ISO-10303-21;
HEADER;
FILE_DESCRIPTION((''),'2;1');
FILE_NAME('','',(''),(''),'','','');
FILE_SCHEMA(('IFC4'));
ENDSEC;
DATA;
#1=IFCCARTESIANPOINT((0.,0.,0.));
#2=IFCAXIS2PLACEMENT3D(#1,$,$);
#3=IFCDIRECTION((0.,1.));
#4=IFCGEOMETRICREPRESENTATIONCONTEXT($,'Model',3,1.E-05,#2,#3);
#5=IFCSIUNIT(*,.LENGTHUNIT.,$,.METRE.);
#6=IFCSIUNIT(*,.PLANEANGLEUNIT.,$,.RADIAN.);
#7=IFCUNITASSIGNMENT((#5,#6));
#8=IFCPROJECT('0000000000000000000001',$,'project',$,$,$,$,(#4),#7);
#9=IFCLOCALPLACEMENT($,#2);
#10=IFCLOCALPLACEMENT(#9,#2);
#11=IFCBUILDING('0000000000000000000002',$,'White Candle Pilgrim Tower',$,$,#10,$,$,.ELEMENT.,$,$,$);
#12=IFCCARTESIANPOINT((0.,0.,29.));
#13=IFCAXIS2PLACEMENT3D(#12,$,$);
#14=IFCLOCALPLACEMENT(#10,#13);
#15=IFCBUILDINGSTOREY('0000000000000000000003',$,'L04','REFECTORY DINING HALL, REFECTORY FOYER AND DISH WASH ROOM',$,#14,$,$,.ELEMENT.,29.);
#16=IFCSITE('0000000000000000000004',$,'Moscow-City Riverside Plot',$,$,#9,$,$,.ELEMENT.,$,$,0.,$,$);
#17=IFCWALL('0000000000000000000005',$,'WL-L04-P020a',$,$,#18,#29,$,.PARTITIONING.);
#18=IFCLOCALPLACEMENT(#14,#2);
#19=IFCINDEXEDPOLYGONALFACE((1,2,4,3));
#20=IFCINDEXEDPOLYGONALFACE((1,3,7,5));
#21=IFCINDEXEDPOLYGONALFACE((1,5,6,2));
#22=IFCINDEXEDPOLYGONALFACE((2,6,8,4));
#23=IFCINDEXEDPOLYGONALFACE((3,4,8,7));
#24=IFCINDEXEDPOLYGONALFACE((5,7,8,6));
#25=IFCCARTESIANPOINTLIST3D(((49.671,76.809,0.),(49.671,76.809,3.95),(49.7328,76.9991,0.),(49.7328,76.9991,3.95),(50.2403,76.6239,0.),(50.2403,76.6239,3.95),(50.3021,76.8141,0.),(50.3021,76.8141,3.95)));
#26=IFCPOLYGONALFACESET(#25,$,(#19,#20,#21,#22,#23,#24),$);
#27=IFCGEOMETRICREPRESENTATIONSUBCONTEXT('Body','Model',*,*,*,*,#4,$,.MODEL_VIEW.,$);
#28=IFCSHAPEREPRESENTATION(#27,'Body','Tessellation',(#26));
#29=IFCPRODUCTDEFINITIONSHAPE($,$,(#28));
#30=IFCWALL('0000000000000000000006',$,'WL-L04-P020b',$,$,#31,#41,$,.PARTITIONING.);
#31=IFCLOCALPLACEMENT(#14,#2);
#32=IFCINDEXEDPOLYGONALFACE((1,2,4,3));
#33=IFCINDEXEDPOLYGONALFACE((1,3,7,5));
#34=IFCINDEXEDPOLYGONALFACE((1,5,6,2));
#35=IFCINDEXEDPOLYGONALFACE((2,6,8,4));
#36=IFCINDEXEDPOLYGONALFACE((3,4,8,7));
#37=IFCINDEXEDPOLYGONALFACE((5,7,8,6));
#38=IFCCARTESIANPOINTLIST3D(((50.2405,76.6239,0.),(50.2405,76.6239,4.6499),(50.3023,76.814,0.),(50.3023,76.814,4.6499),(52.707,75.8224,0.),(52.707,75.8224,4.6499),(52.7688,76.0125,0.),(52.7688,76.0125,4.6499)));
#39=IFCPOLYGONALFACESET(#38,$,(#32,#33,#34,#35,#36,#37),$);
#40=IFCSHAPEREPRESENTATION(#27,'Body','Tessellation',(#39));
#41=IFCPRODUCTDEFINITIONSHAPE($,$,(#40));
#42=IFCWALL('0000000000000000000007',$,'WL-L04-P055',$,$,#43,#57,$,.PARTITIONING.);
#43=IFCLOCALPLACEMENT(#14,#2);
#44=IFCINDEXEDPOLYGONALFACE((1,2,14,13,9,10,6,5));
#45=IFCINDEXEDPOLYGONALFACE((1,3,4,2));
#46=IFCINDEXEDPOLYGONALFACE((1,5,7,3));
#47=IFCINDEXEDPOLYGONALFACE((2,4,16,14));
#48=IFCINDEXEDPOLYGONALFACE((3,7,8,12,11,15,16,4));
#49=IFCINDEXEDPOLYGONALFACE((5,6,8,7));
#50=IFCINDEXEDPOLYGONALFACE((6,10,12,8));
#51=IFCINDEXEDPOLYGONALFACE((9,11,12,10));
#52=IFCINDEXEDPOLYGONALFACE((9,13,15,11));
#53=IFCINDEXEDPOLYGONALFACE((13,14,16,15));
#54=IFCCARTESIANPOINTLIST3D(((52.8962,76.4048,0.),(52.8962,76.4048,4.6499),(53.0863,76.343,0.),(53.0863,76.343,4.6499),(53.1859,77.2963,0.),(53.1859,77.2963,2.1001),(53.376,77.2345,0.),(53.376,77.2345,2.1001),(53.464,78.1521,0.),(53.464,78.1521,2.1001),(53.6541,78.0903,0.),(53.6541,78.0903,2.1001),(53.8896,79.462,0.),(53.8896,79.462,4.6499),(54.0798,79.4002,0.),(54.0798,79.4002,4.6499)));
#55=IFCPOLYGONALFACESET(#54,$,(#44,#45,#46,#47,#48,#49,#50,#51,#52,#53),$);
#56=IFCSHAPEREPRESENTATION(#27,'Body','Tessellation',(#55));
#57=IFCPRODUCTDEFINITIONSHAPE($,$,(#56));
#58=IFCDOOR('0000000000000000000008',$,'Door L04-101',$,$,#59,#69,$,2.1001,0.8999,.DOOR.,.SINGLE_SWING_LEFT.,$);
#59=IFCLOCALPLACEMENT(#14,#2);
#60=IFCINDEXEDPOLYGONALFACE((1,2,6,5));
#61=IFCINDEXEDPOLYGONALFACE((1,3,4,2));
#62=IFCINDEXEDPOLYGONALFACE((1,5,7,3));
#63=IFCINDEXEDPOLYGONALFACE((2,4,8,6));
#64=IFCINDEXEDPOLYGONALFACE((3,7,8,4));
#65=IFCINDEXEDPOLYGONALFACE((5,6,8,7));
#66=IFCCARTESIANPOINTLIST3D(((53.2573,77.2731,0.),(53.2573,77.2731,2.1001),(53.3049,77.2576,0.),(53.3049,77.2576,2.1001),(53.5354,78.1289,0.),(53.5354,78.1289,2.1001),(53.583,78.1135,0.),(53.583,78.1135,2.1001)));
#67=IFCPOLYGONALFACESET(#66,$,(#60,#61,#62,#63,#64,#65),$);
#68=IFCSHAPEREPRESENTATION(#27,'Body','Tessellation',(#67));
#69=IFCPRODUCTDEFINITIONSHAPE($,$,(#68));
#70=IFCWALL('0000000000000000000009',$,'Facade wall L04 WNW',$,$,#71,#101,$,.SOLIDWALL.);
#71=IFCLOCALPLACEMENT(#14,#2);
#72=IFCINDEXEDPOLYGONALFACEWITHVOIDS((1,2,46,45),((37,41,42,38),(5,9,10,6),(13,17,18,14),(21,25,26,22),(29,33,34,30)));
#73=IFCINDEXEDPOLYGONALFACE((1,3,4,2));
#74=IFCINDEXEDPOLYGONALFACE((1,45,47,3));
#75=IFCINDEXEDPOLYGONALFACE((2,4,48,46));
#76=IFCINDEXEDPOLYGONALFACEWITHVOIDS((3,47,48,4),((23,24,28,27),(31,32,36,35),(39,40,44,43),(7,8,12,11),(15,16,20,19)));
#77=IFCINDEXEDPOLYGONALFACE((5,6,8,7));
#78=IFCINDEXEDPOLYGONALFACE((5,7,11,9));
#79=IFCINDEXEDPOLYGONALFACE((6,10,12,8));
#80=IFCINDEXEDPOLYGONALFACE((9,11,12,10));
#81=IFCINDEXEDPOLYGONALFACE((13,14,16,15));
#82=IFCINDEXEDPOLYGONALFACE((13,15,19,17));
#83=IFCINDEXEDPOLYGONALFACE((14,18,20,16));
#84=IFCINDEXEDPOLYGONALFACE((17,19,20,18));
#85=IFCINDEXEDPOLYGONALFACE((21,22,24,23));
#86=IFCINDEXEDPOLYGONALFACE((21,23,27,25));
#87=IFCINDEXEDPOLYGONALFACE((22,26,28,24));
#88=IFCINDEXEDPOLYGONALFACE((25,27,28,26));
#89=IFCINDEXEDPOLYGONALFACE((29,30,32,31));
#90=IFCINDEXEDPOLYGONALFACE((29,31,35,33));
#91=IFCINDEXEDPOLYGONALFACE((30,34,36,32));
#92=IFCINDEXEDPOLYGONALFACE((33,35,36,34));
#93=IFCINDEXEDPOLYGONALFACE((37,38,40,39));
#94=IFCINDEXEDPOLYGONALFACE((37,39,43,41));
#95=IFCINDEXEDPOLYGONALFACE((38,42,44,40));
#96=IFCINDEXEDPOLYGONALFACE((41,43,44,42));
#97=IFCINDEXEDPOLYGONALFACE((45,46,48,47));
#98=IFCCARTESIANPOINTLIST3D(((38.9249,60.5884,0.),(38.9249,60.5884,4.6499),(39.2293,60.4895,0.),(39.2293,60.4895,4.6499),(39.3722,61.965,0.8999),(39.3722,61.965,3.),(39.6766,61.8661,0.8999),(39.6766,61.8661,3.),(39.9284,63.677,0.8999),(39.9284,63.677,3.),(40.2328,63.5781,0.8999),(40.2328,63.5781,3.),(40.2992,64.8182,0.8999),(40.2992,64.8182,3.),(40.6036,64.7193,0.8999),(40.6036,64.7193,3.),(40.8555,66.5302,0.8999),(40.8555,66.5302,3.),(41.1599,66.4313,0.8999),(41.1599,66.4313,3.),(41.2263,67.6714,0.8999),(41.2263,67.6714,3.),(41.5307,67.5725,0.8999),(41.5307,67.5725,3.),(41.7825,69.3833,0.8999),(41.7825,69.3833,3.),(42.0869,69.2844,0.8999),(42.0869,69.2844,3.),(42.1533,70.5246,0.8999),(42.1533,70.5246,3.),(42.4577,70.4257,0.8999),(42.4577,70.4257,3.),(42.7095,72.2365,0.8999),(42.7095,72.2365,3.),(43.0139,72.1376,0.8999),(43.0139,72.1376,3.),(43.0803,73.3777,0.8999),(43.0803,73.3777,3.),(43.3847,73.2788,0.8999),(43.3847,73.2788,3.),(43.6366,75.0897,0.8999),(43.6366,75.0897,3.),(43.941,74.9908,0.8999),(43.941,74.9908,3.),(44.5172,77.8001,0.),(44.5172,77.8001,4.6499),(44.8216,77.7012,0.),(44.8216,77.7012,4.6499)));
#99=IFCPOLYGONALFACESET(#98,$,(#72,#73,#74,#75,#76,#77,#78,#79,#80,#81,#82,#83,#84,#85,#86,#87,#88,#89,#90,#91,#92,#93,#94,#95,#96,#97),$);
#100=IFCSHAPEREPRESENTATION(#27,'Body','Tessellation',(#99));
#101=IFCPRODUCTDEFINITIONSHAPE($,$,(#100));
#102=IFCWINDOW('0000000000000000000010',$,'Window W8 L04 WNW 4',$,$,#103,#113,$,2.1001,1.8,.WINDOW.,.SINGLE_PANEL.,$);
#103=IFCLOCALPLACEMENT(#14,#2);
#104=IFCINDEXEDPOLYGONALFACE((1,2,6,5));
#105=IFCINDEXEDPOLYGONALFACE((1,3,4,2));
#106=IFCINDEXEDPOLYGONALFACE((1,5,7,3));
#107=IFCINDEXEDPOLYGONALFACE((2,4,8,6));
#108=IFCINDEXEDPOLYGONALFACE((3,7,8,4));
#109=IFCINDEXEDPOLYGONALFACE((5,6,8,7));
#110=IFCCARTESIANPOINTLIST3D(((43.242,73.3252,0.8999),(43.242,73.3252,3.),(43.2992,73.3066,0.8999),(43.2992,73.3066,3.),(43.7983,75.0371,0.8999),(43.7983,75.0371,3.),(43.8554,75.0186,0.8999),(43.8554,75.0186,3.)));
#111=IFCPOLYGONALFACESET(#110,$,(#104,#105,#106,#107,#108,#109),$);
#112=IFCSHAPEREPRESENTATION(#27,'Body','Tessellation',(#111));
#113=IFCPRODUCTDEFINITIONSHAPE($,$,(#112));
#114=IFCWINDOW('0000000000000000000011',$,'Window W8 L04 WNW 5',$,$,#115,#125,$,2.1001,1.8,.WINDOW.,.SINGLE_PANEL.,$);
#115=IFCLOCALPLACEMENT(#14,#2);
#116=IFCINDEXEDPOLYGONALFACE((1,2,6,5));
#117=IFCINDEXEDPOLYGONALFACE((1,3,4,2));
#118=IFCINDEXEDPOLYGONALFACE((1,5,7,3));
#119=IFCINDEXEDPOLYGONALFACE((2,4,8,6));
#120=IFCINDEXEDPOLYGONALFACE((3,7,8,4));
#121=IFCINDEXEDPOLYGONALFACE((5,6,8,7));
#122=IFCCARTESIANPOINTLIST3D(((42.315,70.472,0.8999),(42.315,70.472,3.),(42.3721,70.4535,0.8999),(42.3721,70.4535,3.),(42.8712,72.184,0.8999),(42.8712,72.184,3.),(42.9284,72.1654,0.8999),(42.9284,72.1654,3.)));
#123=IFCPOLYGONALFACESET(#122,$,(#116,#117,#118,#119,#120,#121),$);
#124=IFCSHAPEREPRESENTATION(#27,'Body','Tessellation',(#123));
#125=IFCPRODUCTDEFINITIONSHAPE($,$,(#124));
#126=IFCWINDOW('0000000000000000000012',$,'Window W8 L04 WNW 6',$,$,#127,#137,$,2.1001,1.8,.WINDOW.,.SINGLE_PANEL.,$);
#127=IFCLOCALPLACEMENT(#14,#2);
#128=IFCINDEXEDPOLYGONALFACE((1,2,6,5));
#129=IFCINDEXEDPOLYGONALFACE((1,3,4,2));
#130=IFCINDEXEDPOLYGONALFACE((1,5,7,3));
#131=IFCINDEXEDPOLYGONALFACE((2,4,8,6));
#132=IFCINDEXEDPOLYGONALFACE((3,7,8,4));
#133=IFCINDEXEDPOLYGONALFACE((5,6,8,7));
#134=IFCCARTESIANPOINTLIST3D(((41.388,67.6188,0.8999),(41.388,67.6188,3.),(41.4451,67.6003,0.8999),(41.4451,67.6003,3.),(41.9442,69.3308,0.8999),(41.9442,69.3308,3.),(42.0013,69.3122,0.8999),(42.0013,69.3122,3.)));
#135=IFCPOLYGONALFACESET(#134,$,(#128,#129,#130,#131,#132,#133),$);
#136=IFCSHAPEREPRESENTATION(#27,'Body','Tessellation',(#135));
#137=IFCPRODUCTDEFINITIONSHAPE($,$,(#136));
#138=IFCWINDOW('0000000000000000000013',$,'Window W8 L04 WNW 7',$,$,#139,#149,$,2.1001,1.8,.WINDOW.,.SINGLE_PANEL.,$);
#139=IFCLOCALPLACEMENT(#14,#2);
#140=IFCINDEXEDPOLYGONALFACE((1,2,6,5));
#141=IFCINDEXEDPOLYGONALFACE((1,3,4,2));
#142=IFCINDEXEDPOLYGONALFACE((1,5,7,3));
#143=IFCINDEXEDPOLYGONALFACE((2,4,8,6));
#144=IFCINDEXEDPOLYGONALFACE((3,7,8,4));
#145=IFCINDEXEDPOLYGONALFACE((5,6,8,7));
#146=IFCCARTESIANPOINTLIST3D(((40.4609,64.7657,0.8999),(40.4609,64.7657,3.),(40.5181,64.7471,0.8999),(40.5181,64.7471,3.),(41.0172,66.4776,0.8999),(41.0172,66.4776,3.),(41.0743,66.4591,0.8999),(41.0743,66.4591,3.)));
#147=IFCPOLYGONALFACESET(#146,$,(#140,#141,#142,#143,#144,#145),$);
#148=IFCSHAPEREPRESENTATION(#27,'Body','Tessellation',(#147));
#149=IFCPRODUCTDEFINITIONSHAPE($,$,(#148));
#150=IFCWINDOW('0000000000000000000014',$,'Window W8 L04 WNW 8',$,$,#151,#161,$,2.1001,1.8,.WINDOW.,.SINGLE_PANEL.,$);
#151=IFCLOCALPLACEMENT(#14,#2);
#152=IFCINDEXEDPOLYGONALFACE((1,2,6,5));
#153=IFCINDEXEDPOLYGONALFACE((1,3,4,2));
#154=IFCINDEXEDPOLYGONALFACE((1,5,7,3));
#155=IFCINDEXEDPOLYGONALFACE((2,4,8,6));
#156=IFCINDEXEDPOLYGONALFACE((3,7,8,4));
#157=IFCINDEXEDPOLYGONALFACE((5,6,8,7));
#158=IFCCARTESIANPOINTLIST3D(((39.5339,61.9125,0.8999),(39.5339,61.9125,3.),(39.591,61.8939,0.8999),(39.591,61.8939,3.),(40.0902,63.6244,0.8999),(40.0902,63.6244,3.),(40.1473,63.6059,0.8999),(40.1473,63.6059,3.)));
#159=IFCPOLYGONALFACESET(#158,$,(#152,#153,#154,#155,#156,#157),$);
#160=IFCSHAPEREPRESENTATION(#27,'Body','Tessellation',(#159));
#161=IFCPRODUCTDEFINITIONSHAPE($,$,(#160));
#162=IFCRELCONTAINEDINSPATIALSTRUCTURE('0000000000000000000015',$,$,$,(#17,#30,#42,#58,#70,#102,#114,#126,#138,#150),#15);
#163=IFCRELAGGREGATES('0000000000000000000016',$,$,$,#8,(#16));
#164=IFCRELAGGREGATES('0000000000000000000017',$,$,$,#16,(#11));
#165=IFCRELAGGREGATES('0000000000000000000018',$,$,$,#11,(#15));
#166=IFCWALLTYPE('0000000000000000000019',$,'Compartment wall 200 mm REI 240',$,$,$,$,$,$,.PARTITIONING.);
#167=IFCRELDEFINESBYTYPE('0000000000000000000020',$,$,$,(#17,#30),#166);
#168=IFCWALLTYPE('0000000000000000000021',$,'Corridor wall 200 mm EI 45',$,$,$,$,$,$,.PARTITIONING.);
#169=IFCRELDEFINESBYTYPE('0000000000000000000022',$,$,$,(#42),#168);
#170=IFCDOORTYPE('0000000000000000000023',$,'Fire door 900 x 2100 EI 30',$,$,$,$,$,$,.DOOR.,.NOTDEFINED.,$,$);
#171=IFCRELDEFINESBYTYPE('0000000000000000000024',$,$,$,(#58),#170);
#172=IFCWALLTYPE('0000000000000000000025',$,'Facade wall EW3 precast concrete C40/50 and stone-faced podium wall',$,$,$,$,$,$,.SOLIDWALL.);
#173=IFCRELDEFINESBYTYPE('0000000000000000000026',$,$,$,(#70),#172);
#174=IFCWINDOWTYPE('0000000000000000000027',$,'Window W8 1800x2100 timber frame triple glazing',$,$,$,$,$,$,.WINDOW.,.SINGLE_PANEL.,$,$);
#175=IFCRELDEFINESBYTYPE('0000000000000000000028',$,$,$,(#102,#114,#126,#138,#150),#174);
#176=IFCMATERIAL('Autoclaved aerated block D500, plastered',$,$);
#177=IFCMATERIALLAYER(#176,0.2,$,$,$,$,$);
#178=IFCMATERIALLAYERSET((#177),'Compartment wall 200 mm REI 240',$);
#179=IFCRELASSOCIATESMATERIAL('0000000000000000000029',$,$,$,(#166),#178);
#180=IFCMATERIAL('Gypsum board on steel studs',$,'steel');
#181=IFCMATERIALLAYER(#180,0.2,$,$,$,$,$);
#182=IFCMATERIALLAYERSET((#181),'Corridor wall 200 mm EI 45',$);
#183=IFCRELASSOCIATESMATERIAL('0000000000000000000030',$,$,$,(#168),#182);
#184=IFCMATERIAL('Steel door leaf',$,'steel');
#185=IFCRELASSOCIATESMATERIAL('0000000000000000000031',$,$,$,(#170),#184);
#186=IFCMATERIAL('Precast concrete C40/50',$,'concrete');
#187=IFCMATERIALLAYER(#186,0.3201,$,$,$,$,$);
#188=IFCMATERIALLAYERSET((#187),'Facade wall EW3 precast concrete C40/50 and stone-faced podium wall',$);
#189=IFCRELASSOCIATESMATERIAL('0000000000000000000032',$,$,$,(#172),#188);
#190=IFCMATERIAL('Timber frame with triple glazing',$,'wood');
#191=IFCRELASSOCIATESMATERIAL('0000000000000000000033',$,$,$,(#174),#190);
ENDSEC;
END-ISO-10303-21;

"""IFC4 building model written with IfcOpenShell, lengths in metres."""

from ifc_helpers import new_model, si_unit, direction, frame, frame_2d, origin, place, context, subcontext, project, spatial, rectangle, extrude, material, layer, layer_set, type_object, element, fill, save


model = new_model("IFC4")

# Units and contexts
model_context = context("Model", 3, precision=1e-05, world=origin(), true_north=direction((0.0, 1.0)))
body_context = subcontext(model_context, "Body", "Model", "MODEL_VIEW")
ifc_project = project(units=[si_unit("LENGTHUNIT", "METRE"), si_unit("PLANEANGLEUNIT", "RADIAN")], contexts=[model_context])

# Site, building, storey
site_placement = place(None, origin())
site = spatial("IfcSite", under=ifc_project, at=site_placement, Name="Moscow-City Riverside Plot", CompositionType="ELEMENT", RefElevation=0.0)
building_placement = place(site_placement, origin())
building = spatial("IfcBuilding", under=site, at=building_placement, Name="White Candle Pilgrim Tower", CompositionType="ELEMENT")
storey_placement = place(building_placement, frame((0.0, 0.0, 29.0)))
storey = spatial("IfcBuildingStorey", under=building, at=storey_placement, Name="L04", Description="REFECTORY DINING HALL, REFECTORY FOYER AND DISH WASH ROOM", CompositionType="ELEMENT", Elevation=29.0)

# Walls
ifc_material_1 = material(Name="Autoclaved aerated block D500, plastered")
ifc_layer_1 = layer(ifc_material_1, 0.2)
ifc_layer_set_1 = layer_set([ifc_layer_1], Name="Compartment wall 200 mm REI 240")
wall_type_1 = type_object("IfcWallType", Name="Compartment wall 200 mm REI 240", PredefinedType="PARTITIONING", material=ifc_layer_set_1)
wall_1_placement = place(storey_placement, frame((49.7019, 76.9041, 0.0), z_axis=(0.0, 0.0, 1.0), x_axis=(0.951022, -0.309123, 0.0)))
element("IfcWall", 1, at=wall_1_placement, inside=storey, type_object=wall_type_1, Name="WL-L04-P020a", PredefinedType="PARTITIONING", context=body_context, shape_type="SweptSolid", body=[
    extrude(rectangle(XDim=0.5986, YDim=0.2, at=frame_2d((0.2993, 0.0))), origin(), (0.0, 0.0, 1.0), 3.95),
])
wall_2_placement = place(storey_placement, frame((50.2712, 76.719, 0.0), z_axis=(0.0, 0.0, 1.0), x_axis=(0.951047, -0.309046, 0.0)))
element("IfcWall", 2, at=wall_2_placement, inside=storey, type_object=wall_type_1, Name="WL-L04-P020b", PredefinedType="PARTITIONING", context=body_context, shape_type="SweptSolid", body=[
    extrude(rectangle(XDim=2.5935, YDim=0.2, at=frame_2d((1.2969, 0.0))), origin(), (0.0, 0.0, 1.0), 4.6499),
])

# Wall, opening, door
ifc_material_2 = material(Name="Gypsum board on steel studs", Category="steel")
ifc_layer_2 = layer(ifc_material_2, 0.2)
ifc_layer_set_2 = layer_set([ifc_layer_2], Name="Corridor wall 200 mm EI 45")
wall_type_2 = type_object("IfcWallType", Name="Corridor wall 200 mm EI 45", PredefinedType="PARTITIONING", material=ifc_layer_set_2)
wall_3_placement = place(storey_placement, frame((52.9912, 76.3738, 0.0), z_axis=(0.0, 0.0, 1.0), x_axis=(0.309041, 0.951049, 0.0)))
wall_3 = element("IfcWall", 3, at=wall_3_placement, inside=storey, type_object=wall_type_2, Name="WL-L04-P055", PredefinedType="PARTITIONING", context=body_context, shape_type="SweptSolid", body=[
    extrude(rectangle(XDim=3.2146, YDim=0.2, at=frame_2d((1.6074, 0.0))), origin(), (0.0, 0.0, 1.0), 4.6499),
])
opening_1_placement = place(wall_3_placement, frame((0.9375, 0.0, 0.0)))
opening_1 = element("IfcOpeningElement", 4, at=opening_1_placement, cuts=wall_3, PredefinedType="OPENING", context=body_context, shape_type="SweptSolid", body=[
    extrude(rectangle(XDim=0.8999, YDim=2.1001, at=frame_2d((0.45, 1.05))), frame((0.0, 0.1099, 0.0), z_axis=(0.0, -1.0, 0.0), x_axis=(1.0, 0.0, 0.0)), (0.0, 0.0, 1.0), 0.22),
])
ifc_material_3 = material(Name="Steel door leaf", Category="steel")
door_type = type_object("IfcDoorType", Name="Fire door 900 x 2100 EI 30", OperationType="NOTDEFINED", PredefinedType="DOOR", material=ifc_material_3)
door_placement = place(opening_1_placement, origin())
door = element("IfcDoor", 5, at=door_placement, inside=storey, type_object=door_type, Name="Door L04-101", OperationType="SINGLE_SWING_LEFT", OverallHeight=2.1001, OverallWidth=0.8999, PredefinedType="DOOR", context=body_context, shape_type="SweptSolid", body=[
    extrude(rectangle(XDim=0.8999, YDim=2.1001, at=frame_2d((0.45, 1.05))), frame((0.0, 0.0249, 0.0), z_axis=(0.0, -1.0, 0.0), x_axis=(1.0, 0.0, 0.0)), (0.0, 0.0, 1.0), 0.05),
])
fill(opening_1, door)

# Wall, openings, windows
ifc_material_4 = material(Name="Precast concrete C40/50", Category="concrete")
ifc_layer_3 = layer(ifc_material_4, 0.3201)
ifc_layer_set_3 = layer_set([ifc_layer_3], Name="Facade wall EW3 precast concrete C40/50 and stone-faced podium wall")
wall_type_3 = type_object("IfcWallType", Name="Facade wall EW3 precast concrete C40/50 and stone-faced podium wall", PredefinedType="SOLIDWALL", material=ifc_layer_set_3)
wall_4_placement = place(storey_placement, frame((44.6694, 77.7507, 0.0), z_axis=(0.0, 0.0, 1.0), x_axis=(-0.309011, -0.951059, 0.0)))
wall_4 = element("IfcWall", 6, at=wall_4_placement, inside=storey, type_object=wall_type_3, Name="Facade wall L04 WNW", PredefinedType="SOLIDWALL", context=body_context, shape_type="SweptSolid", body=[
    extrude(rectangle(XDim=18.0974, YDim=0.3201, at=frame_2d((9.0488, 0.0))), origin(), (0.0, 0.0, 1.0), 4.6499),
])
opening_2_placement = place(wall_4_placement, frame((2.8501, 0.0, 0.8999)))
opening_2 = element("IfcOpeningElement", 7, at=opening_2_placement, cuts=wall_4, PredefinedType="OPENING", context=body_context, shape_type="SweptSolid", body=[
    extrude(rectangle(XDim=1.8, YDim=2.1001, at=frame_2d((0.8999, 1.05))), frame((0.0, 0.1699, 0.0), z_axis=(0.0, -1.0, 0.0), x_axis=(1.0, 0.0, 0.0)), (0.0, 0.0, 1.0), 0.3401),
])
opening_3_placement = place(wall_4_placement, frame((5.8501, 0.0, 0.8999)))
opening_3 = element("IfcOpeningElement", 8, at=opening_3_placement, cuts=wall_4, PredefinedType="OPENING", context=body_context, shape_type="SweptSolid", body=[
    extrude(rectangle(XDim=1.8, YDim=2.1001, at=frame_2d((0.8999, 1.05))), frame((0.0, 0.1699, 0.0), z_axis=(0.0, -1.0, 0.0), x_axis=(1.0, 0.0, 0.0)), (0.0, 0.0, 1.0), 0.3401),
])
opening_4_placement = place(wall_4_placement, frame((8.8501, 0.0, 0.8999)))
opening_4 = element("IfcOpeningElement", 9, at=opening_4_placement, cuts=wall_4, PredefinedType="OPENING", context=body_context, shape_type="SweptSolid", body=[
    extrude(rectangle(XDim=1.8, YDim=2.1001, at=frame_2d((0.8999, 1.05))), frame((0.0, 0.1699, 0.0), z_axis=(0.0, -1.0, 0.0), x_axis=(1.0, 0.0, 0.0)), (0.0, 0.0, 1.0), 0.3401),
])
opening_5_placement = place(wall_4_placement, frame((11.8501, 0.0, 0.8999)))
opening_5 = element("IfcOpeningElement", 10, at=opening_5_placement, cuts=wall_4, PredefinedType="OPENING", context=body_context, shape_type="SweptSolid", body=[
    extrude(rectangle(XDim=1.8, YDim=2.1001, at=frame_2d((0.8999, 1.05))), frame((0.0, 0.1699, 0.0), z_axis=(0.0, -1.0, 0.0), x_axis=(1.0, 0.0, 0.0)), (0.0, 0.0, 1.0), 0.3401),
])
opening_6_placement = place(wall_4_placement, frame((14.8501, 0.0, 0.8999)))
opening_6 = element("IfcOpeningElement", 11, at=opening_6_placement, cuts=wall_4, PredefinedType="OPENING", context=body_context, shape_type="SweptSolid", body=[
    extrude(rectangle(XDim=1.8, YDim=2.1001, at=frame_2d((0.8999, 1.05))), frame((0.0, 0.1699, 0.0), z_axis=(0.0, -1.0, 0.0), x_axis=(1.0, 0.0, 0.0)), (0.0, 0.0, 1.0), 0.3401),
])
ifc_material_5 = material(Name="Timber frame with triple glazing", Category="wood")
window_type = type_object("IfcWindowType", Name="Window W8 1800x2100 timber frame triple glazing", PartitioningType="SINGLE_PANEL", PredefinedType="WINDOW", material=ifc_material_5)
window_1_placement = place(opening_2_placement, origin())
window_1 = element("IfcWindow", 12, at=window_1_placement, inside=storey, type_object=window_type, Name="Window W8 L04 WNW 4", OverallHeight=2.1001, OverallWidth=1.8, PartitioningType="SINGLE_PANEL", PredefinedType="WINDOW", context=body_context, shape_type="SweptSolid", body=[
    extrude(rectangle(XDim=1.8, YDim=2.1001, at=frame_2d((0.8999, 1.05))), frame((0.0, 0.0701, 0.0), z_axis=(0.0, -1.0, 0.0), x_axis=(1.0, 0.0, 0.0)), (0.0, 0.0, 1.0), 0.0601),
])
fill(opening_2, window_1)
window_2_placement = place(opening_3_placement, origin())
window_2 = element("IfcWindow", 13, at=window_2_placement, inside=storey, type_object=window_type, Name="Window W8 L04 WNW 5", OverallHeight=2.1001, OverallWidth=1.8, PartitioningType="SINGLE_PANEL", PredefinedType="WINDOW", context=body_context, shape_type="SweptSolid", body=[
    extrude(rectangle(XDim=1.8, YDim=2.1001, at=frame_2d((0.8999, 1.05))), frame((0.0, 0.0701, 0.0), z_axis=(0.0, -1.0, 0.0), x_axis=(1.0, 0.0, 0.0)), (0.0, 0.0, 1.0), 0.0601),
])
fill(opening_3, window_2)
window_3_placement = place(opening_4_placement, origin())
window_3 = element("IfcWindow", 14, at=window_3_placement, inside=storey, type_object=window_type, Name="Window W8 L04 WNW 6", OverallHeight=2.1001, OverallWidth=1.8, PartitioningType="SINGLE_PANEL", PredefinedType="WINDOW", context=body_context, shape_type="SweptSolid", body=[
    extrude(rectangle(XDim=1.8, YDim=2.1001, at=frame_2d((0.8999, 1.05))), frame((0.0, 0.0701, 0.0), z_axis=(0.0, -1.0, 0.0), x_axis=(1.0, 0.0, 0.0)), (0.0, 0.0, 1.0), 0.0601),
])
fill(opening_4, window_3)
window_4_placement = place(opening_5_placement, origin())
window_4 = element("IfcWindow", 15, at=window_4_placement, inside=storey, type_object=window_type, Name="Window W8 L04 WNW 7", OverallHeight=2.1001, OverallWidth=1.8, PartitioningType="SINGLE_PANEL", PredefinedType="WINDOW", context=body_context, shape_type="SweptSolid", body=[
    extrude(rectangle(XDim=1.8, YDim=2.1001, at=frame_2d((0.8999, 1.05))), frame((0.0, 0.0701, 0.0), z_axis=(0.0, -1.0, 0.0), x_axis=(1.0, 0.0, 0.0)), (0.0, 0.0, 1.0), 0.0601),
])
fill(opening_5, window_4)
window_5_placement = place(opening_6_placement, origin())
window_5 = element("IfcWindow", 16, at=window_5_placement, inside=storey, type_object=window_type, Name="Window W8 L04 WNW 8", OverallHeight=2.1001, OverallWidth=1.8, PartitioningType="SINGLE_PANEL", PredefinedType="WINDOW", context=body_context, shape_type="SweptSolid", body=[
    extrude(rectangle(XDim=1.8, YDim=2.1001, at=frame_2d((0.8999, 1.05))), frame((0.0, 0.0701, 0.0), z_axis=(0.0, -1.0, 0.0), x_axis=(1.0, 0.0, 0.0)), (0.0, 0.0, 1.0), 0.0601),
])
fill(opening_6, window_5)

save(model, "model.ifc")
